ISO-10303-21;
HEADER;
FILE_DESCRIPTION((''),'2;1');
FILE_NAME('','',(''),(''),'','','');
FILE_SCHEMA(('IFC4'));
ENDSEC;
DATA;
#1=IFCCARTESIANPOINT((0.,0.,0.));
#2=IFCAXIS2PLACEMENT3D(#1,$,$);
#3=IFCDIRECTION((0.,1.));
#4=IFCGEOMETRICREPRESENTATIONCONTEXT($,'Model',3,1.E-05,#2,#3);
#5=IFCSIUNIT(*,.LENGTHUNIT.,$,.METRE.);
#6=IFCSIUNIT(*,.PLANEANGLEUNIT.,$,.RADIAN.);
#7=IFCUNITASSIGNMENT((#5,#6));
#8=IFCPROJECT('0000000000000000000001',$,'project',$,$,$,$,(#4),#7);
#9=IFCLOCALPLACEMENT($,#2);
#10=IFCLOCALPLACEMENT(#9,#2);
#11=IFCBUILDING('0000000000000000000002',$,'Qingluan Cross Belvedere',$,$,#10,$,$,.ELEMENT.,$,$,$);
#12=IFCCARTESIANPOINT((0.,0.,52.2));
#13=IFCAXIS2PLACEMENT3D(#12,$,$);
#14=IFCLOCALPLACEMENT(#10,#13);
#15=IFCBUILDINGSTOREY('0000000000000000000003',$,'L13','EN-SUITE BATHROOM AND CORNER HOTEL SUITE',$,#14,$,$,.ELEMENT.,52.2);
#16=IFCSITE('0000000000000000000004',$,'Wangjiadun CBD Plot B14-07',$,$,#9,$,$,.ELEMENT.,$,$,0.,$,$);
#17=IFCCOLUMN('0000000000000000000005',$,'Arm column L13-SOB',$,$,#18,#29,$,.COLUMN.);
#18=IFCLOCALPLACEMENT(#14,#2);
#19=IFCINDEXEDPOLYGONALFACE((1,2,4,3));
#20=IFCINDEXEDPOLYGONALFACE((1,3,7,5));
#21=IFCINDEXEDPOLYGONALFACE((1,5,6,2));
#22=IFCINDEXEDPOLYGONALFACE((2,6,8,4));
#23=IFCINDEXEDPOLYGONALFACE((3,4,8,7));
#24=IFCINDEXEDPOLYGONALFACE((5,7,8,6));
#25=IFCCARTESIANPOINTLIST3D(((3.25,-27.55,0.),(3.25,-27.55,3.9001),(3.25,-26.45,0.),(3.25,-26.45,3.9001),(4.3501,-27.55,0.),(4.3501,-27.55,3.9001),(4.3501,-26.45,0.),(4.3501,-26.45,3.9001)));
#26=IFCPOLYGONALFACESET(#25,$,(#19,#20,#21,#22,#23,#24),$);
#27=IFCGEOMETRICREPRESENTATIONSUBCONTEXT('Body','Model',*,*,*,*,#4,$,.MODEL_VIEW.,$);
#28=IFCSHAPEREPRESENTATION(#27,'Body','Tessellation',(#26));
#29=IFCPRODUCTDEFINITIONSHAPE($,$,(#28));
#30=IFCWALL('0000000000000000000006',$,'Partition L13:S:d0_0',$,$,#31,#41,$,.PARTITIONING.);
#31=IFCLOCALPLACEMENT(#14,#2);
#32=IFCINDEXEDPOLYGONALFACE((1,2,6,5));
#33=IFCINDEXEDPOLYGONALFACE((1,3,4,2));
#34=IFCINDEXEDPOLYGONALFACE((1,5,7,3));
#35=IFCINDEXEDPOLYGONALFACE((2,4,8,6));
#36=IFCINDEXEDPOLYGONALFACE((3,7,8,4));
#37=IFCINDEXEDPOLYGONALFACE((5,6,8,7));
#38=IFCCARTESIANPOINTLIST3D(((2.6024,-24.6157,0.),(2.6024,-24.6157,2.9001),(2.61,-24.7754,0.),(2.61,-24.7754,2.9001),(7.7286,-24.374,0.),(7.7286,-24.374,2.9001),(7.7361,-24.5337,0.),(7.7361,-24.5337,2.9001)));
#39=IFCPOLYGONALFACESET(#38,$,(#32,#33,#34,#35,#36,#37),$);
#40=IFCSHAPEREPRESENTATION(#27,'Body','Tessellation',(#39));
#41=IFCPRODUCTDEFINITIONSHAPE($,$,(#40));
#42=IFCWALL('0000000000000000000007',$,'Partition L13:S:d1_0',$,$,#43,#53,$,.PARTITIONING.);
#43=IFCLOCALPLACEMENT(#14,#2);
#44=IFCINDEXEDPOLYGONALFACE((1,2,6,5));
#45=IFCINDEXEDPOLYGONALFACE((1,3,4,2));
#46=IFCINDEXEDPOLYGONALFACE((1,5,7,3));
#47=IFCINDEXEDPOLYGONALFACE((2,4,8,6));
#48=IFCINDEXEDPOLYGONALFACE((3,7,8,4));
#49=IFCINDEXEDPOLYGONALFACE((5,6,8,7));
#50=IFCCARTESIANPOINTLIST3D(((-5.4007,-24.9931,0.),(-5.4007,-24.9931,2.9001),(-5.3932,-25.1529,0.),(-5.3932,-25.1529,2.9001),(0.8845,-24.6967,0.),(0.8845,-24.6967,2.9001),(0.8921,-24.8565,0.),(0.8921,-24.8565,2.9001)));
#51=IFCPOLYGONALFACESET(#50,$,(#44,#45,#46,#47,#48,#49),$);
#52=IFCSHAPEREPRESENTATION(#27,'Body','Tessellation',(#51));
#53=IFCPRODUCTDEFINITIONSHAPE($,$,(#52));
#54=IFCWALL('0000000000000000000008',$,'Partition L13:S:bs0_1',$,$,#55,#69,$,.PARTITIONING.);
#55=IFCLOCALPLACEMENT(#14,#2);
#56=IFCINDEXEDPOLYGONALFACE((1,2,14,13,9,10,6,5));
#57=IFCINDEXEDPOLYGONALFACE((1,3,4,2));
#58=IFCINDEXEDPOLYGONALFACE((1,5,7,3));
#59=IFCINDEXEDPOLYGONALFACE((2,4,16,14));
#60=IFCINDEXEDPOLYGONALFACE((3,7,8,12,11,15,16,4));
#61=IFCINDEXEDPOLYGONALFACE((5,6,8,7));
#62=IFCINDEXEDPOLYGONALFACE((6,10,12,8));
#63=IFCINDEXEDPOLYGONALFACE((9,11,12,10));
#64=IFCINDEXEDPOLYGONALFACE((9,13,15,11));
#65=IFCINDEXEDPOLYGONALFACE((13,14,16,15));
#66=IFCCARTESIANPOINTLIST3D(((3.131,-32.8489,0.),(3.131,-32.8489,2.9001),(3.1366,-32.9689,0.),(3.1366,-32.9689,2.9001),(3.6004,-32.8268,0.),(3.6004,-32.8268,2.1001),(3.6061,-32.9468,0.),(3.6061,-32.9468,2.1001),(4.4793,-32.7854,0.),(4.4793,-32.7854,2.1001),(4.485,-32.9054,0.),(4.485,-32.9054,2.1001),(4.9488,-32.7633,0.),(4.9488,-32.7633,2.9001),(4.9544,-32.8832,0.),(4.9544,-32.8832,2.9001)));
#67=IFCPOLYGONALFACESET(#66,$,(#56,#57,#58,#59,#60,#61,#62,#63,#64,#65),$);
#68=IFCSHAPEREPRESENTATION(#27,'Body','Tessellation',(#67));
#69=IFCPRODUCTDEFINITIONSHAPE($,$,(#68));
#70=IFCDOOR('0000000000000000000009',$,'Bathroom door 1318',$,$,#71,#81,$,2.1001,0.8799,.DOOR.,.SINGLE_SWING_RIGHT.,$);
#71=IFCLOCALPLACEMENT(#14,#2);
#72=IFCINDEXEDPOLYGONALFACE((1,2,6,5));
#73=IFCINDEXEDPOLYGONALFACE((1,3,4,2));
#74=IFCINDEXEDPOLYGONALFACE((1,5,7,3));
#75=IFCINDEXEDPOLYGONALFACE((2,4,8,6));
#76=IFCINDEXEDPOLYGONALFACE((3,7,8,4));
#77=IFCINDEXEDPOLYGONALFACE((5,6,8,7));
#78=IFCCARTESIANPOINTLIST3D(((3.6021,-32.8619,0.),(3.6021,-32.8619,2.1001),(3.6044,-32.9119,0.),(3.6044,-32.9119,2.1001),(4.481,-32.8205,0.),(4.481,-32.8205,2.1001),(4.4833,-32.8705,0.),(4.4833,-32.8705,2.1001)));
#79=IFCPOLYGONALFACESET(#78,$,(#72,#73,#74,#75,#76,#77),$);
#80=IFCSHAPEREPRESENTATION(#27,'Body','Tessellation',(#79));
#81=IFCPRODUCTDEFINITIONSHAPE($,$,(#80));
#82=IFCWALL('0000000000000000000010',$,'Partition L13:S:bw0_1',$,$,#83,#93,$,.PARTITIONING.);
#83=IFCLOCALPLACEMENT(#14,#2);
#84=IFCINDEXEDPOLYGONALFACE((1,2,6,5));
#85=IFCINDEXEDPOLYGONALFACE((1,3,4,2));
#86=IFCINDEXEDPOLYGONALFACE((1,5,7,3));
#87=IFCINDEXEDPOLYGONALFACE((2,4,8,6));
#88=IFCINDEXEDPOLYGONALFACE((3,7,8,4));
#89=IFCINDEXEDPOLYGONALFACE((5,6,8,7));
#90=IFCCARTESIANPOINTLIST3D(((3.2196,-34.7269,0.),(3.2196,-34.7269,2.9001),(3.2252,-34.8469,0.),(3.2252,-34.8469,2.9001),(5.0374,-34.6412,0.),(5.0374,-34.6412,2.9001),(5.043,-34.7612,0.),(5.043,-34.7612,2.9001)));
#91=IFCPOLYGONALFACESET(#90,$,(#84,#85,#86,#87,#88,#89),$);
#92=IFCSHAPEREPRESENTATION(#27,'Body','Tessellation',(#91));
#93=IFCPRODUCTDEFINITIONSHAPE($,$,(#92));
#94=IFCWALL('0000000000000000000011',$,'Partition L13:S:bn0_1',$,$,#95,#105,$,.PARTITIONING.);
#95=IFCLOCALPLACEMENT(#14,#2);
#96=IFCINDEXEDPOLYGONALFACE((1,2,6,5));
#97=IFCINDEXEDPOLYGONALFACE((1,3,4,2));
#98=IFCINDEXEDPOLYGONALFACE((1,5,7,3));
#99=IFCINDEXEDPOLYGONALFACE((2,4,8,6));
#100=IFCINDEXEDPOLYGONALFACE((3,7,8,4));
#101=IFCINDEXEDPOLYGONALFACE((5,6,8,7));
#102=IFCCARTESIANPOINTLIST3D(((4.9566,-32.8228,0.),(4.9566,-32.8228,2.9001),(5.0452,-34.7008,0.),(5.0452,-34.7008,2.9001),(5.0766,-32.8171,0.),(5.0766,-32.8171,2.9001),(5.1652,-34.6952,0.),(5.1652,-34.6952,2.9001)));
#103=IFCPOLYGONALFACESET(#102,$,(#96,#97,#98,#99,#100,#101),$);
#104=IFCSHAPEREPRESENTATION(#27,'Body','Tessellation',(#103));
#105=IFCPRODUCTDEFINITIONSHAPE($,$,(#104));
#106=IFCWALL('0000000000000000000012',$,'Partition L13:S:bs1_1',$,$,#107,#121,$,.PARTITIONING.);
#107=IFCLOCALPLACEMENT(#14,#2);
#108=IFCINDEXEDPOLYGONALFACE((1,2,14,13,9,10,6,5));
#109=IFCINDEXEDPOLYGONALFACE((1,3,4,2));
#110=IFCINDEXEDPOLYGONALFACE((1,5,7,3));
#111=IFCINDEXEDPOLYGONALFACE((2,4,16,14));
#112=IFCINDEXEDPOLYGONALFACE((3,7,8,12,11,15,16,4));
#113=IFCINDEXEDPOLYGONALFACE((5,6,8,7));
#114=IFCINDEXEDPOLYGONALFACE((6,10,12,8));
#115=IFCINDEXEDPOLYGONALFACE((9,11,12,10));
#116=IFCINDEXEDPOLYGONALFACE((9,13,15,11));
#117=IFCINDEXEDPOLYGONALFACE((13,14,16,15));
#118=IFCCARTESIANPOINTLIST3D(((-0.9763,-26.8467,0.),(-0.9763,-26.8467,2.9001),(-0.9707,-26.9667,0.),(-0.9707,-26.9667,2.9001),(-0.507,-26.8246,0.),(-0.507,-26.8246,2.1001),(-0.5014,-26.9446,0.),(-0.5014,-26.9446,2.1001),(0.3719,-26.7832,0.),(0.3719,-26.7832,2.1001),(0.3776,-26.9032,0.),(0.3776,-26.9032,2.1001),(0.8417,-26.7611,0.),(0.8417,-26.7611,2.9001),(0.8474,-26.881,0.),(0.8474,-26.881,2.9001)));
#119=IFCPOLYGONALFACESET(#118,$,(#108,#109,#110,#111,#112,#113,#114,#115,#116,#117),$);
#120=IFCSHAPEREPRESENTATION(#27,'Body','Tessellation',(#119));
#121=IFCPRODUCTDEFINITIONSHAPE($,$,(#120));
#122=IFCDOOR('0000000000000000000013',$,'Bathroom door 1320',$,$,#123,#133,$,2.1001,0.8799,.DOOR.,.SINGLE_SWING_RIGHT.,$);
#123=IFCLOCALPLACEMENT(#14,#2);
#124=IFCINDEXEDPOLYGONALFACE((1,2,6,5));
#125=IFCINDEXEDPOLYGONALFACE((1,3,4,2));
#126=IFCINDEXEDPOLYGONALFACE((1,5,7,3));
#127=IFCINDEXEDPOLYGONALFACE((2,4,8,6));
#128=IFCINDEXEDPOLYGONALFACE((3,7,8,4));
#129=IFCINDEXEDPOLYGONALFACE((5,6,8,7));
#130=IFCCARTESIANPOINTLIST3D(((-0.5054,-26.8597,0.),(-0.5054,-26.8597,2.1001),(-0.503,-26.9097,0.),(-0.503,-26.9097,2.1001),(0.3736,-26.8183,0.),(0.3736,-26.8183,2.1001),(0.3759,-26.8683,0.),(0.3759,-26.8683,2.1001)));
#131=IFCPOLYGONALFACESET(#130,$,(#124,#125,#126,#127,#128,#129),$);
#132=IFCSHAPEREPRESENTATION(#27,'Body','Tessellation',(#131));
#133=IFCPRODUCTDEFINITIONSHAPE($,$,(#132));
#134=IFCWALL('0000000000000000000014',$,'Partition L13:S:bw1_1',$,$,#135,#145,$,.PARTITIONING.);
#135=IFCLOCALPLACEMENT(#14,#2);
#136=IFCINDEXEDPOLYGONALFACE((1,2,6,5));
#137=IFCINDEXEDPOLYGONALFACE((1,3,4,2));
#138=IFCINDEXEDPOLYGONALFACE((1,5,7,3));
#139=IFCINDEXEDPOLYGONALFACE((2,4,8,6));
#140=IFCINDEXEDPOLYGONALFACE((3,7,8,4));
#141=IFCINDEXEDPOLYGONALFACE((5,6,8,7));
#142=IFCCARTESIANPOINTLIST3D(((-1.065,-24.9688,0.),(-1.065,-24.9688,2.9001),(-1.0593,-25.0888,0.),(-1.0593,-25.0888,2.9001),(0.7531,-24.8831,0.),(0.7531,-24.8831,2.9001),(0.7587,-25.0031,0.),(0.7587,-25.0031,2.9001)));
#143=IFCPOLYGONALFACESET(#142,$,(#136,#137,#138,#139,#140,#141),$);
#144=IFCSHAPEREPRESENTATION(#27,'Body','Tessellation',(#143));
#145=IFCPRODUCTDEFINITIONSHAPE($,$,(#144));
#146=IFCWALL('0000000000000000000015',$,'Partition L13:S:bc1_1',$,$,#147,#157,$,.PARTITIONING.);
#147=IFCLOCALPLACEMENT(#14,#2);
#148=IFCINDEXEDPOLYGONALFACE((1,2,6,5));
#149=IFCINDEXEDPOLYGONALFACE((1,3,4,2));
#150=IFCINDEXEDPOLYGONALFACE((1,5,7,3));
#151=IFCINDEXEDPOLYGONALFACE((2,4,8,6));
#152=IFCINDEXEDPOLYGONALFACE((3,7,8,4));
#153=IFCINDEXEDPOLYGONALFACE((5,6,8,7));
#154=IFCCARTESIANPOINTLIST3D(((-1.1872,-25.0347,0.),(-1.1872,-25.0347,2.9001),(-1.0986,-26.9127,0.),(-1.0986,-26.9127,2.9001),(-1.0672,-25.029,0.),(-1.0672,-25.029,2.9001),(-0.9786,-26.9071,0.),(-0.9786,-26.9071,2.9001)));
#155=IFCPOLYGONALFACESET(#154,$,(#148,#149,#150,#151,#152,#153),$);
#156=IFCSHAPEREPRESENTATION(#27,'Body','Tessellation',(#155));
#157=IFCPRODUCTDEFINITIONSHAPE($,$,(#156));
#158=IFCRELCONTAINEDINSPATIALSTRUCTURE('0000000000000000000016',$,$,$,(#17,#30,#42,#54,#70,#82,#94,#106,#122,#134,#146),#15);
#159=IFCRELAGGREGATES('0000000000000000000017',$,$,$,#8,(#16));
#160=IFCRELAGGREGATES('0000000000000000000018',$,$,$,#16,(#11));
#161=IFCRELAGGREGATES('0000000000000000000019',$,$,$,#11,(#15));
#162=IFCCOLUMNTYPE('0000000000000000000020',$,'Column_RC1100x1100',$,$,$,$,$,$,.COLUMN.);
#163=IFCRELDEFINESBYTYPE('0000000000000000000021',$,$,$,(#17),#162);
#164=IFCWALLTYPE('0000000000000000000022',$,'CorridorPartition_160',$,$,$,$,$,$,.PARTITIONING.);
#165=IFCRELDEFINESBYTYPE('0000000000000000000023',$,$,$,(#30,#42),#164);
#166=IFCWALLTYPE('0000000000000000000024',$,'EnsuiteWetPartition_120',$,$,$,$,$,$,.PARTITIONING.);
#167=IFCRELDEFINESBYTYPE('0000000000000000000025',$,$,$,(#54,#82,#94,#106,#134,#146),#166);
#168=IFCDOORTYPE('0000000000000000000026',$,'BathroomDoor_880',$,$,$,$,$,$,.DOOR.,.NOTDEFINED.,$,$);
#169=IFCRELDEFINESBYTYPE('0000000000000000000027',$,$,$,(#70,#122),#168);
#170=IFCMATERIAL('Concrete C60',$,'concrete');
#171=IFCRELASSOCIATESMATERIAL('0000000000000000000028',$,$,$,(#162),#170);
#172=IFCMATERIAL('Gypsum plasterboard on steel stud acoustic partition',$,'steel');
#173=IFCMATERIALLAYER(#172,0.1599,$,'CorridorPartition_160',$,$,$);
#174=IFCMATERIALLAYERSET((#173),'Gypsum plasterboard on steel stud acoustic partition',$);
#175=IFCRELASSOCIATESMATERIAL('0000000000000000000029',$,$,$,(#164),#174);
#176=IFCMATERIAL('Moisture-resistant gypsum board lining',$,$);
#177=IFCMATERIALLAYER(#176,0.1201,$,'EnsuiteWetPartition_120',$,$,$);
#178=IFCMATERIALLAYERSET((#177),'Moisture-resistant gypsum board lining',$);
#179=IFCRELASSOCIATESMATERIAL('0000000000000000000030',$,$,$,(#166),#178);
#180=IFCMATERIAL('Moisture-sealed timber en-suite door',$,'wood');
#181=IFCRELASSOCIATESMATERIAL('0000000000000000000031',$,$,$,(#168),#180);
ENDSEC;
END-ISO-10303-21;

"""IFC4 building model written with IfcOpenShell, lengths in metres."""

from ifc_helpers import new_model, si_unit, direction, frame, frame_2d, origin, origin_2d, place, context, subcontext, project, spatial, rectangle, extrude, material, layer, layer_set, material_profile, profile_set, type_object, element, fill, save


model = new_model("IFC4")

# Units and contexts
model_context = context("Model", 3, precision=1e-05, world=origin(), true_north=direction((0.0, 1.0)))
body_context = subcontext(model_context, "Body", "Model", "MODEL_VIEW")
ifc_project = project(units=[si_unit("LENGTHUNIT", "METRE"), si_unit("PLANEANGLEUNIT", "RADIAN")], contexts=[model_context])

# Site, building, storey
site_placement = place(None, origin())
site = spatial("IfcSite", under=ifc_project, at=site_placement, Name="Wangjiadun CBD Plot B14-07", CompositionType="ELEMENT", RefElevation=0.0)
building_placement = place(site_placement, origin())
building = spatial("IfcBuilding", under=site, at=building_placement, Name="Qingluan Cross Belvedere", CompositionType="ELEMENT")
storey_placement = place(building_placement, frame((0.0, 0.0, 52.2)))
storey = spatial("IfcBuildingStorey", under=building, at=storey_placement, Name="L13", Description="EN-SUITE BATHROOM AND CORNER HOTEL SUITE", CompositionType="ELEMENT", Elevation=52.2)

# Column
ifc_material_1 = material(Name="Concrete C60", Category="concrete")
ifc_material_profile = material_profile(ifc_material_1, rectangle(XDim=1.1001, YDim=1.1001, at=origin_2d()), Name="RC1100x1100")
ifc_profile_set = profile_set([ifc_material_profile], Name="Concrete C60")
column_type = type_object("IfcColumnType", Name="Column_RC1100x1100", PredefinedType="COLUMN", material=ifc_profile_set)
column_placement = place(storey_placement, frame((3.8, -27.0, 0.0), z_axis=(0.0, 0.0, 1.0), x_axis=(1.0, 0.0, 0.0)))
element("IfcColumn", 1, at=column_placement, inside=storey, type_object=column_type, Name="Arm column L13-SOB", PredefinedType="COLUMN", context=body_context, shape_type="SweptSolid", body=[
    extrude(rectangle(XDim=1.1001, YDim=1.1001, at=origin_2d()), origin(), (0.0, 0.0, 1.0), 3.9001),
])

# Walls
ifc_material_2 = material(Name="Gypsum plasterboard on steel stud acoustic partition", Category="steel")
ifc_layer_1 = layer(ifc_material_2, 0.1599, Name="CorridorPartition_160")
ifc_layer_set_1 = layer_set([ifc_layer_1], Name="Gypsum plasterboard on steel stud acoustic partition")
wall_type_1 = type_object("IfcWallType", Name="CorridorPartition_160", PredefinedType="PARTITIONING", material=ifc_layer_set_1)
wall_1_placement = place(storey_placement, frame((2.6062, -24.6956, 0.0), z_axis=(0.0, 0.0, 1.0), x_axis=(0.99889, 0.047097, 0.0)))
element("IfcWall", 2, at=wall_1_placement, inside=storey, type_object=wall_type_1, Name="Partition L13:S:d0_0", PredefinedType="PARTITIONING", context=body_context, shape_type="SweptSolid", body=[
    extrude(rectangle(XDim=5.1318, YDim=0.1599, at=frame_2d((2.5659, 0.0))), origin(), (0.0, 0.0, 1.0), 2.9001),
])
wall_2_placement = place(storey_placement, frame((0.8882, -24.7766, 0.0), z_axis=(0.0, 0.0, 1.0), x_axis=(-0.99889, -0.047104, 0.0)))
element("IfcWall", 3, at=wall_2_placement, inside=storey, type_object=wall_type_1, Name="Partition L13:S:d1_0", PredefinedType="PARTITIONING", context=body_context, shape_type="SweptSolid", body=[
    extrude(rectangle(XDim=6.2922, YDim=0.1599, at=frame_2d((3.146, 0.0))), origin(), (0.0, 0.0, 1.0), 2.9001),
])

# Wall, opening, door
ifc_material_3 = material(Name="Moisture-resistant gypsum board lining")
ifc_layer_2 = layer(ifc_material_3, 0.1201, Name="EnsuiteWetPartition_120")
ifc_layer_set_2 = layer_set([ifc_layer_2], Name="Moisture-resistant gypsum board lining")
wall_type_2 = type_object("IfcWallType", Name="EnsuiteWetPartition_120", PredefinedType="PARTITIONING", material=ifc_layer_set_2)
wall_3_placement = place(storey_placement, frame((3.1338, -32.9089, 0.0), z_axis=(0.0, 0.0, 1.0), x_axis=(0.998891, 0.047087, 0.0)))
wall_3 = element("IfcWall", 4, at=wall_3_placement, inside=storey, type_object=wall_type_2, Name="Partition L13:S:bs0_1", PredefinedType="PARTITIONING", context=body_context, shape_type="SweptSolid", body=[
    extrude(rectangle(XDim=1.8198, YDim=0.1201, at=frame_2d((0.9099, 0.0))), origin(), (0.0, 0.0, 1.0), 2.9001),
])
opening_1_placement = place(wall_3_placement, frame((0.47, 0.0, 0.0)))
opening_1 = element("IfcOpeningElement", 5, at=opening_1_placement, cuts=wall_3, PredefinedType="OPENING", context=body_context, shape_type="SweptSolid", body=[
    extrude(rectangle(XDim=0.8799, YDim=2.1001, at=frame_2d((0.4399, 1.05))), frame((0.0, 0.0701, 0.0), z_axis=(0.0, -1.0, 0.0), x_axis=(1.0, 0.0, 0.0)), (0.0, 0.0, 1.0), 0.1401),
])
ifc_material_4 = material(Name="Moisture-sealed timber en-suite door", Category="wood")
door_type = type_object("IfcDoorType", Name="BathroomDoor_880", OperationType="NOTDEFINED", PredefinedType="DOOR", material=ifc_material_4)
door_1_placement = place(opening_1_placement, origin())
door_1 = element("IfcDoor", 6, at=door_1_placement, inside=storey, type_object=door_type, Name="Bathroom door 1318", OperationType="SINGLE_SWING_RIGHT", OverallHeight=2.1001, OverallWidth=0.8799, PredefinedType="DOOR", context=body_context, shape_type="SweptSolid", body=[
    extrude(rectangle(XDim=0.8799, YDim=2.1001, at=frame_2d((0.4399, 1.05))), frame((0.0, 0.0249, 0.0), z_axis=(0.0, -1.0, 0.0), x_axis=(1.0, 0.0, 0.0)), (0.0, 0.0, 1.0), 0.05),
])
fill(opening_1, door_1)

# Walls
wall_4_placement = place(storey_placement, frame((3.2224, -34.7869, 0.0), z_axis=(0.0, 0.0, 1.0), x_axis=(0.998891, 0.047087, 0.0)))
element("IfcWall", 7, at=wall_4_placement, inside=storey, type_object=wall_type_2, Name="Partition L13:S:bw0_1", PredefinedType="PARTITIONING", context=body_context, shape_type="SweptSolid", body=[
    extrude(rectangle(XDim=1.8198, YDim=0.1201, at=frame_2d((0.9099, 0.0))), origin(), (0.0, 0.0, 1.0), 2.9001),
])
wall_5_placement = place(storey_placement, frame((5.0166, -32.8201, 0.0), z_axis=(0.0, 0.0, 1.0), x_axis=(0.047139, -0.998888, 0.0)))
element("IfcWall", 8, at=wall_5_placement, inside=storey, type_object=wall_type_2, Name="Partition L13:S:bn0_1", PredefinedType="PARTITIONING", context=body_context, shape_type="SweptSolid", body=[
    extrude(rectangle(XDim=1.8801, YDim=0.1201, at=frame_2d((0.9399, 0.0))), origin(), (0.0, 0.0, 1.0), 2.9001),
])

# Wall, opening, door
wall_6_placement = place(storey_placement, frame((-0.9736, -26.9067, 0.0), z_axis=(0.0, 0.0, 1.0), x_axis=(0.998891, 0.047081, 0.0)))
wall_6 = element("IfcWall", 9, at=wall_6_placement, inside=storey, type_object=wall_type_2, Name="Partition L13:S:bs1_1", PredefinedType="PARTITIONING", context=body_context, shape_type="SweptSolid", body=[
    extrude(rectangle(XDim=1.8201, YDim=0.1201, at=frame_2d((0.9102, 0.0))), origin(), (0.0, 0.0, 1.0), 2.9001),
])
opening_2_placement = place(wall_6_placement, frame((0.47, 0.0, 0.0)))
opening_2 = element("IfcOpeningElement", 10, at=opening_2_placement, cuts=wall_6, PredefinedType="OPENING", context=body_context, shape_type="SweptSolid", body=[
    extrude(rectangle(XDim=0.8799, YDim=2.1001, at=frame_2d((0.4399, 1.05))), frame((0.0, 0.0701, 0.0), z_axis=(0.0, -1.0, 0.0), x_axis=(1.0, 0.0, 0.0)), (0.0, 0.0, 1.0), 0.1401),
])
door_2_placement = place(opening_2_placement, origin())
door_2 = element("IfcDoor", 11, at=door_2_placement, inside=storey, type_object=door_type, Name="Bathroom door 1320", OperationType="SINGLE_SWING_RIGHT", OverallHeight=2.1001, OverallWidth=0.8799, PredefinedType="DOOR", context=body_context, shape_type="SweptSolid", body=[
    extrude(rectangle(XDim=0.8799, YDim=2.1001, at=frame_2d((0.4399, 1.05))), frame((0.0, 0.0249, 0.0), z_axis=(0.0, -1.0, 0.0), x_axis=(1.0, 0.0, 0.0)), (0.0, 0.0, 1.0), 0.05),
])
fill(opening_2, door_2)

# Walls
wall_7_placement = place(storey_placement, frame((-1.0623, -25.0288, 0.0), z_axis=(0.0, 0.0, 1.0), x_axis=(0.998891, 0.047081, 0.0)))
element("IfcWall", 12, at=wall_7_placement, inside=storey, type_object=wall_type_2, Name="Partition L13:S:bw1_1", PredefinedType="PARTITIONING", context=body_context, shape_type="SweptSolid", body=[
    extrude(rectangle(XDim=1.8201, YDim=0.1201, at=frame_2d((0.9102, 0.0))), origin(), (0.0, 0.0, 1.0), 2.9001),
])
wall_8_placement = place(storey_placement, frame((-1.1272, -25.032, 0.0), z_axis=(0.0, 0.0, 1.0), x_axis=(0.047139, -0.998888, 0.0)))
element("IfcWall", 13, at=wall_8_placement, inside=storey, type_object=wall_type_2, Name="Partition L13:S:bc1_1", PredefinedType="PARTITIONING", context=body_context, shape_type="SweptSolid", body=[
    extrude(rectangle(XDim=1.8801, YDim=0.1201, at=frame_2d((0.9399, 0.0))), origin(), (0.0, 0.0, 1.0), 2.9001),
])

save(model, "model.ifc")
